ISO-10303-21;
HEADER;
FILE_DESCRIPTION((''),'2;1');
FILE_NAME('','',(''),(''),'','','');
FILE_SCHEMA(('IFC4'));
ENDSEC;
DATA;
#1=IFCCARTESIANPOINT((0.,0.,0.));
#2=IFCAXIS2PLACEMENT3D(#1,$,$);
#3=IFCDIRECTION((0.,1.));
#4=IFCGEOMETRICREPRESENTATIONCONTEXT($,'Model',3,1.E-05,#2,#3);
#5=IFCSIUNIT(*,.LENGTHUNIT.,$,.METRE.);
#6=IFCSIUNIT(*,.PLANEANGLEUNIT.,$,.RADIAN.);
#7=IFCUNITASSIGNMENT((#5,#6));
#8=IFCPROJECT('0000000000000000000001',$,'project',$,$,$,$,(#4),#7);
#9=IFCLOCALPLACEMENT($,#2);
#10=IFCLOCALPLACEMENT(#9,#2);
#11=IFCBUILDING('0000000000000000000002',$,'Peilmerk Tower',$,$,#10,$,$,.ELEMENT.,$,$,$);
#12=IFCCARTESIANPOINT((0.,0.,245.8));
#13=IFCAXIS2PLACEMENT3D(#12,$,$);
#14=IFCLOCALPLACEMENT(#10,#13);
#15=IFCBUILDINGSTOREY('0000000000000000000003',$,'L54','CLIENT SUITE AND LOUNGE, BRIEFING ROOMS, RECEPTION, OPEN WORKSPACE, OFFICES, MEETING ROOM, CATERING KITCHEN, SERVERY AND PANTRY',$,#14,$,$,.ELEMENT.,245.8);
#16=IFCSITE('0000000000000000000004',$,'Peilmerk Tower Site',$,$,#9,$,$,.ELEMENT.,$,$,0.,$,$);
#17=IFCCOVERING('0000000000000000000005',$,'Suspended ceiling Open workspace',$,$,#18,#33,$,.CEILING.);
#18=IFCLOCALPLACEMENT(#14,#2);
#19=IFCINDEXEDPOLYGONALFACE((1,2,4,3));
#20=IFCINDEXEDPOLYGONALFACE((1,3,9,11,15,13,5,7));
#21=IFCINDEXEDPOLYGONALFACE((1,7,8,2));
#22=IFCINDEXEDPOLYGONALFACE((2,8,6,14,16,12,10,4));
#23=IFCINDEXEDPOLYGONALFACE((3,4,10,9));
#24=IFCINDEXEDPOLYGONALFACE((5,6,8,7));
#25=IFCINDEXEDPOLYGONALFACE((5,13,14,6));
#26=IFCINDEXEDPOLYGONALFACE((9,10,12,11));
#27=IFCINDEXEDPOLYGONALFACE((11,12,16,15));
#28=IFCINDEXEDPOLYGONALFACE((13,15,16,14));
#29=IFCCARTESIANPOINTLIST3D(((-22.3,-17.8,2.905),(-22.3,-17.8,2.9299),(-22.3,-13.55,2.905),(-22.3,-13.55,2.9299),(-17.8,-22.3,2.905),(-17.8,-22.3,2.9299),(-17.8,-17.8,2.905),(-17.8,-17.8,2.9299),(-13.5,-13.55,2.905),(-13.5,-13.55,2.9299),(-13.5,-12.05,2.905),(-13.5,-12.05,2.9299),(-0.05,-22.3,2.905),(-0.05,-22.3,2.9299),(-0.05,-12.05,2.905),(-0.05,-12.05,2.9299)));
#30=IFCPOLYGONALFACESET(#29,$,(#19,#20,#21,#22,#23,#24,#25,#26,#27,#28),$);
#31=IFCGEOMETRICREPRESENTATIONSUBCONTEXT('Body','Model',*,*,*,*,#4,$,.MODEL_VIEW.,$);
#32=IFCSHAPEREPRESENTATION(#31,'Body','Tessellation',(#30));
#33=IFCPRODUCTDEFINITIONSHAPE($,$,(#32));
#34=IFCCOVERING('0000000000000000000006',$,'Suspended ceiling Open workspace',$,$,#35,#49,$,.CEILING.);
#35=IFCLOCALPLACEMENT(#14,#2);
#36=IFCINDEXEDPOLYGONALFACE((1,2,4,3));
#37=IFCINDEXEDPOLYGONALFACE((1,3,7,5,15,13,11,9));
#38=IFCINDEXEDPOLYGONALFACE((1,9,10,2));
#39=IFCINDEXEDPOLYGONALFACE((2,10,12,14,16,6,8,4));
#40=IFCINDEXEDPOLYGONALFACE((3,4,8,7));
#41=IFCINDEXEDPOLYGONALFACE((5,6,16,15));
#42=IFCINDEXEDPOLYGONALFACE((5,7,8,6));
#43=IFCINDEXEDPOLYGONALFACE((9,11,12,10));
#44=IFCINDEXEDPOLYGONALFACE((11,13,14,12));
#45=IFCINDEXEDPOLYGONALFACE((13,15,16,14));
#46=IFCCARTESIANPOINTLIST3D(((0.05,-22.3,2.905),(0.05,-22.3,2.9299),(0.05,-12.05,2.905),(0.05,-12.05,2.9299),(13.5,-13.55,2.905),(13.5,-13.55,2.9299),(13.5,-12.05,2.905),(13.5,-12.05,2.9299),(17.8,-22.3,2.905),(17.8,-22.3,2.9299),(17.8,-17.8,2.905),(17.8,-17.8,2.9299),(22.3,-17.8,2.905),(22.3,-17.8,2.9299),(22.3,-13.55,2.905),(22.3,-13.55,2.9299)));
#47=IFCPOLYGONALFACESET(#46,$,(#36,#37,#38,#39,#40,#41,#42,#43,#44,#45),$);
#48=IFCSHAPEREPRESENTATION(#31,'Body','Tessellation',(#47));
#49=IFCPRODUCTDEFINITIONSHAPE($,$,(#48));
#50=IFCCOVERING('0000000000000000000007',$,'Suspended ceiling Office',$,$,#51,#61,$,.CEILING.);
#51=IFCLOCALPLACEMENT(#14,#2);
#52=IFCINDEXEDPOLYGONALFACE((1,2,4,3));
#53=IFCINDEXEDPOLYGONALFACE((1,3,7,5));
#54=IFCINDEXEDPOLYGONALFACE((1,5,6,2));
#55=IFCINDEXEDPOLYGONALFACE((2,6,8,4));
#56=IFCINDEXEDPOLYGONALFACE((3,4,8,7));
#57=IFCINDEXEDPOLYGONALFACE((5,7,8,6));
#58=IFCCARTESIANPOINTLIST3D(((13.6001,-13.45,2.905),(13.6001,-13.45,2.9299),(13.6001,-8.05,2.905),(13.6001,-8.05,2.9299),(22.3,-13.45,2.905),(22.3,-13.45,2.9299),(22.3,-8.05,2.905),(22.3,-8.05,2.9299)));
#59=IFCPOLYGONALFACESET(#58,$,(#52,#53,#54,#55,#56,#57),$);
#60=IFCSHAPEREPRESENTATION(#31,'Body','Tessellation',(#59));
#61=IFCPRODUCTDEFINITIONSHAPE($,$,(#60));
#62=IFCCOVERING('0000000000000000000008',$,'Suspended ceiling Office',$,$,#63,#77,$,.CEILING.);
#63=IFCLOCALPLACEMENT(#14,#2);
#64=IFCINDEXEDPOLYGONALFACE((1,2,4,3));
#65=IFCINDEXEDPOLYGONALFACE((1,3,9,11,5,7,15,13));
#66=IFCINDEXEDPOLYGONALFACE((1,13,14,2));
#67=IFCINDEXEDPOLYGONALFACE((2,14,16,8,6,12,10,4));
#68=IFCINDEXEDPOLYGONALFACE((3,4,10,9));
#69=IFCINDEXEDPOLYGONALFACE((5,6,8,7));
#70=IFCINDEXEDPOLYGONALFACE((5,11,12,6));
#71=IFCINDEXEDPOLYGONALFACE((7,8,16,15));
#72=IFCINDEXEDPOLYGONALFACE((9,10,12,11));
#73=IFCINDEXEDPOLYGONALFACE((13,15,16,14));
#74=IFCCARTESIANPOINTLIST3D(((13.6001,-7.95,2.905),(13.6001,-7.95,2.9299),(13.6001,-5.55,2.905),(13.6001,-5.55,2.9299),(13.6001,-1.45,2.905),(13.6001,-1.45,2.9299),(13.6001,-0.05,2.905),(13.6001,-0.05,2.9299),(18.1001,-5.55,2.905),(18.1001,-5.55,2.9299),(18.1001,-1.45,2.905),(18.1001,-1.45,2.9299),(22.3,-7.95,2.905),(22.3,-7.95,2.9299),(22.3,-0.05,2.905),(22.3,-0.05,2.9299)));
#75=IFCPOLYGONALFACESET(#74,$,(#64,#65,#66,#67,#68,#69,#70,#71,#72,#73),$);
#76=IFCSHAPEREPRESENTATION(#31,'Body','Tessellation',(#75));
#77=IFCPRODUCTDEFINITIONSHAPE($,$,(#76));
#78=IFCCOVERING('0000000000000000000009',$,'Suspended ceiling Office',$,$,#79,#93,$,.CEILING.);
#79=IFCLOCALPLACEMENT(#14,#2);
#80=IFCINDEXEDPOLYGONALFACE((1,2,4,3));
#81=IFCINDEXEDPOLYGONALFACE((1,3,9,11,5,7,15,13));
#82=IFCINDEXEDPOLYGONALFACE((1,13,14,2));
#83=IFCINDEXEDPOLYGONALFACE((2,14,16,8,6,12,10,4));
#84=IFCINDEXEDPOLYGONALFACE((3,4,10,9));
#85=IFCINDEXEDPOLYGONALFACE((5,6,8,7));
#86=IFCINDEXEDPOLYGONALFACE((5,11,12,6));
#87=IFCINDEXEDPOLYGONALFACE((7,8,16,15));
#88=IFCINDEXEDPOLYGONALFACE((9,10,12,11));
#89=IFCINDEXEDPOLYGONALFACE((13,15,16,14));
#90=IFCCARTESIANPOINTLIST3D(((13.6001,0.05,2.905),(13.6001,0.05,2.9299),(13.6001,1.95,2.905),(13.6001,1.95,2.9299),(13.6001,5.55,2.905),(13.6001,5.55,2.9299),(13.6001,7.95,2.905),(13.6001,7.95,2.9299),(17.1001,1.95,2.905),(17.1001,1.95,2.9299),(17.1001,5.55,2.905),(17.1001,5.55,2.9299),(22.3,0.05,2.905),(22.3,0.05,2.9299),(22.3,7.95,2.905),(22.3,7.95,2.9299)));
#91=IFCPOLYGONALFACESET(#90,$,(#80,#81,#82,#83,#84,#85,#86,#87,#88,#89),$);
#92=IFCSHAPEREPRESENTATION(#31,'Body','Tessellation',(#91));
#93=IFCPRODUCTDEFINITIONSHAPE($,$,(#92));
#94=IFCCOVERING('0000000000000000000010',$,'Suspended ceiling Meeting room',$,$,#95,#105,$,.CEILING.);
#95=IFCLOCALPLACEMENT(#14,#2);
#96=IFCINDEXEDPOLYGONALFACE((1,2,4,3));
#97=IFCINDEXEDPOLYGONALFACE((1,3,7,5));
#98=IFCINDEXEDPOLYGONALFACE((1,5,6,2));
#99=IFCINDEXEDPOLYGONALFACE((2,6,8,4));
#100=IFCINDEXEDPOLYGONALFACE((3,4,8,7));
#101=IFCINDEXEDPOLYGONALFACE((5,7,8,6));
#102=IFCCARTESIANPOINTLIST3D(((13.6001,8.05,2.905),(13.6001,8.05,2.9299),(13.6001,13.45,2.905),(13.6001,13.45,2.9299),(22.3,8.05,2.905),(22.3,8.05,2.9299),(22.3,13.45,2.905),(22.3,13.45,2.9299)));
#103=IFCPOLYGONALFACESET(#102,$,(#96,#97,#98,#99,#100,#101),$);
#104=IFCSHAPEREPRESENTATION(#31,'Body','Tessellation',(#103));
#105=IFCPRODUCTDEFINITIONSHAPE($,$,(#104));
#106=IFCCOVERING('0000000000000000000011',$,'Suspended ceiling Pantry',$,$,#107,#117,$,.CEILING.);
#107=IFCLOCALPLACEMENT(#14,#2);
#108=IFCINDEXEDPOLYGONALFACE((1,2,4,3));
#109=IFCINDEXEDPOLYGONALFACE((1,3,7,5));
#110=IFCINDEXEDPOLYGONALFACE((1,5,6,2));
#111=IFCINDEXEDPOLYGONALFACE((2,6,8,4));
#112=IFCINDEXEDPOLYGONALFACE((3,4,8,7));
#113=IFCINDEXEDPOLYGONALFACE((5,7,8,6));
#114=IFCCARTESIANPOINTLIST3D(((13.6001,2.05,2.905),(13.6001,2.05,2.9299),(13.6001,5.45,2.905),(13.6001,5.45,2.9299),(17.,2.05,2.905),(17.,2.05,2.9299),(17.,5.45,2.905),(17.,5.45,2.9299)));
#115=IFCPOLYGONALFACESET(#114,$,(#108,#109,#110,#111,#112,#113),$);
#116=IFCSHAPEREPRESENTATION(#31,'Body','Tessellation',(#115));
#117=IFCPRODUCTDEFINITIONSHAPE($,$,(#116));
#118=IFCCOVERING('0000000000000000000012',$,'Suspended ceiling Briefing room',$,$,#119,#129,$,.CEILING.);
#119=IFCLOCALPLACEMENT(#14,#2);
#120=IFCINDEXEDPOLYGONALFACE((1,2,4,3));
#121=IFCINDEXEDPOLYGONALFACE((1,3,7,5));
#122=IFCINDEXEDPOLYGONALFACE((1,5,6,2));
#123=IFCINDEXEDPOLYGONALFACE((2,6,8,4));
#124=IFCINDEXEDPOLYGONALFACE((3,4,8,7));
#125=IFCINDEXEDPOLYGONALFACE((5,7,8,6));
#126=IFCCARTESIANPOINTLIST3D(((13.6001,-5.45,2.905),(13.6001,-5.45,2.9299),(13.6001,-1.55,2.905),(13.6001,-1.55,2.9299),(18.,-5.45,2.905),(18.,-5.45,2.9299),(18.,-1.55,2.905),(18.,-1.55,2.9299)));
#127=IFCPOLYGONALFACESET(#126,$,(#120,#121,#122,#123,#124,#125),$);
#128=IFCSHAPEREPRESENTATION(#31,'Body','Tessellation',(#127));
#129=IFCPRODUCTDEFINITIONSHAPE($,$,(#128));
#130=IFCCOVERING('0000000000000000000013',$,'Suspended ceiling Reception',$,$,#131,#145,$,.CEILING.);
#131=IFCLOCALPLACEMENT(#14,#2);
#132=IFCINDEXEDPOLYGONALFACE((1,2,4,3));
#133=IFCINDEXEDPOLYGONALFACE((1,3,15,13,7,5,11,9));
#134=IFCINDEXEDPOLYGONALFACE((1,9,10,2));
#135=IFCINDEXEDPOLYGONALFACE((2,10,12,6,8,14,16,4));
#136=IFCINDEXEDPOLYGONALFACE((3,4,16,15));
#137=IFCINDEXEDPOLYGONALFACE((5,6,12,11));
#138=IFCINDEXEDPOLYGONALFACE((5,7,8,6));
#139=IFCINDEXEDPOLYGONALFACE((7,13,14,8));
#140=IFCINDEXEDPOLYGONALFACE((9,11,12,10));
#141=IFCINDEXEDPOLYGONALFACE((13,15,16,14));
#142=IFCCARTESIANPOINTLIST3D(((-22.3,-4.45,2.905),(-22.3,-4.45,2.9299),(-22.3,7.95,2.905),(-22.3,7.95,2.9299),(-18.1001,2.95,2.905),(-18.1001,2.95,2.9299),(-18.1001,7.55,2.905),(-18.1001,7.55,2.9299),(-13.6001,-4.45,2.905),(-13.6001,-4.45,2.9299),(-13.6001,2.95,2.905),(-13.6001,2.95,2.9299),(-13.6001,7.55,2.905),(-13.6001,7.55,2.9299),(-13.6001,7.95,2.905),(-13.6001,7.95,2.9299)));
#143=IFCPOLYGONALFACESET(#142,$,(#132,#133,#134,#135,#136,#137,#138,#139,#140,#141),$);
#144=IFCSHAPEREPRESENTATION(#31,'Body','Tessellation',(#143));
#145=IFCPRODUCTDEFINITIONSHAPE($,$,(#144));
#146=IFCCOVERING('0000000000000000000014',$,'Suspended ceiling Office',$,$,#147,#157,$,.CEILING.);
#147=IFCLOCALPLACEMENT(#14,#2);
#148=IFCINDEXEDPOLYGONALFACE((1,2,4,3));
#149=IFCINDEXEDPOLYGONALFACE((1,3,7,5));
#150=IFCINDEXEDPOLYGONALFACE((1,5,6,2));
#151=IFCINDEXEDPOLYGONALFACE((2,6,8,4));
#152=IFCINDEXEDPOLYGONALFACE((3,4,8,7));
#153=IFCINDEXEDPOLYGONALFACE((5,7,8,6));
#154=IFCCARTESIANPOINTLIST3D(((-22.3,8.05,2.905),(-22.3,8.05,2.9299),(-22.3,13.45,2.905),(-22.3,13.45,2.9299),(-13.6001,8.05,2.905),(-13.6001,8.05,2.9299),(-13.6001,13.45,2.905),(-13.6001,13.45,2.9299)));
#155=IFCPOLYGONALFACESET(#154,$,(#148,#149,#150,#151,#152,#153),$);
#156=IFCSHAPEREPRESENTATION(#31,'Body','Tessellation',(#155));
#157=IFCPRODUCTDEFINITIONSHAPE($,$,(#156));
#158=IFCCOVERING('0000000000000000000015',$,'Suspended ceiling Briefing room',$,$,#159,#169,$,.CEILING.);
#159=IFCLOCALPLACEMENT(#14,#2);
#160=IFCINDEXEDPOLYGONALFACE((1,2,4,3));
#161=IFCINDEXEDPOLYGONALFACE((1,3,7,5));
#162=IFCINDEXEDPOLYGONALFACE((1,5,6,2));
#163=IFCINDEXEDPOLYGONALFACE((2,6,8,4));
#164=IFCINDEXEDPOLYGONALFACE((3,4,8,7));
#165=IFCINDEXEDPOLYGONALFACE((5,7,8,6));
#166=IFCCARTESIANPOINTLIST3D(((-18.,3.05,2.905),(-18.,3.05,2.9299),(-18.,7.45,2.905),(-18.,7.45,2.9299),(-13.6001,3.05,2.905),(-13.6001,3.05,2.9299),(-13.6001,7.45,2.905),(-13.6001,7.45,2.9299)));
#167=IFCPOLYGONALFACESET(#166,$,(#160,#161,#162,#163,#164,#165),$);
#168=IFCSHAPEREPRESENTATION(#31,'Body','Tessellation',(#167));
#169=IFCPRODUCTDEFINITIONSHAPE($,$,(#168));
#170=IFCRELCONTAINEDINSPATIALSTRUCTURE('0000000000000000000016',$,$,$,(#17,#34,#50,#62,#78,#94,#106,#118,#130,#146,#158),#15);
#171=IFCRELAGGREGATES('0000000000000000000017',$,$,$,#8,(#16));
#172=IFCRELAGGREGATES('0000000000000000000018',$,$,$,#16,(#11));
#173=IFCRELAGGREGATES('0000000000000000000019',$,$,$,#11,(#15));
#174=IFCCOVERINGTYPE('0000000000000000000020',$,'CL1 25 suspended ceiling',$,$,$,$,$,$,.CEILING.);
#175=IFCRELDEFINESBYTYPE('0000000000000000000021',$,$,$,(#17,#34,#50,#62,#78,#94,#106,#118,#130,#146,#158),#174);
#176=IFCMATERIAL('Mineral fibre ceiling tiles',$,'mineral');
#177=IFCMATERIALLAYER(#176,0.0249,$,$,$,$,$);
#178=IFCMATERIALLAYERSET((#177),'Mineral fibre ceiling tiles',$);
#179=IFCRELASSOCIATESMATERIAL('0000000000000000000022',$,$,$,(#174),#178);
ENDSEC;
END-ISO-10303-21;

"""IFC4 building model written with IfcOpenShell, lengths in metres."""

from ifc_helpers import new_model, si_unit, direction, frame, origin, place, context, subcontext, project, spatial, polyline, outline, extrude, material, layer, layer_set, type_object, element, save


model = new_model("IFC4")

# Units and contexts
model_context = context("Model", 3, precision=1e-05, world=origin(), true_north=direction((0.0, 1.0)))
body_context = subcontext(model_context, "Body", "Model", "MODEL_VIEW")
ifc_project = project(units=[si_unit("LENGTHUNIT", "METRE"), si_unit("PLANEANGLEUNIT", "RADIAN")], contexts=[model_context])

# Site, building, storey
site_placement = place(None, origin())
site = spatial("IfcSite", under=ifc_project, at=site_placement, Name="Peilmerk Tower Site", CompositionType="ELEMENT", RefElevation=0.0)
building_placement = place(site_placement, origin())
building = spatial("IfcBuilding", under=site, at=building_placement, Name="Peilmerk Tower", CompositionType="ELEMENT")
storey_placement = place(building_placement, frame((0.0, 0.0, 245.8)))
storey = spatial("IfcBuildingStorey", under=building, at=storey_placement, Name="L54", Description="CLIENT SUITE AND LOUNGE, BRIEFING ROOMS, RECEPTION, OPEN WORKSPACE, OFFICES, MEETING ROOM, CATERING KITCHEN, SERVERY AND PANTRY", CompositionType="ELEMENT", Elevation=245.8)

# Coverings
ifc_material_1 = material(Name="Mineral fibre ceiling tiles", Category="mineral")
ifc_layer_1 = layer(ifc_material_1, 0.0249)
ifc_layer_set_1 = layer_set([ifc_layer_1], Name="Mineral fibre ceiling tiles")
covering_type = type_object("IfcCoveringType", Name="CL1 25 suspended ceiling", PredefinedType="CEILING", material=ifc_layer_set_1)
covering_1_placement = place(storey_placement, frame((0.0, 0.0, 2.905)))
element("IfcCovering", 1, at=covering_1_placement, inside=storey, type_object=covering_type, Name="Suspended ceiling Open workspace", PredefinedType="CEILING", context=body_context, shape_type="SweptSolid", body=[
    extrude(outline(polyline([(-17.8, -22.3), (-0.05, -22.3), (-0.05, -12.05), (-13.5, -12.05), (-13.5, -13.55), (-22.3, -13.55), (-22.3, -17.8), (-17.8, -17.8), (-17.8, -22.3)])), origin(), (0.0, 0.0, 1.0), 0.0249),
])
covering_2_placement = place(storey_placement, frame((0.0, 0.0, 2.905)))
element("IfcCovering", 2, at=covering_2_placement, inside=storey, type_object=covering_type, Name="Suspended ceiling Open workspace", PredefinedType="CEILING", context=body_context, shape_type="SweptSolid", body=[
    extrude(outline(polyline([(0.05, -22.3), (17.8, -22.3), (17.8, -17.8), (22.3, -17.8), (22.3, -13.55), (13.5, -13.55), (13.5, -12.05), (0.05, -12.05), (0.05, -22.3)])), origin(), (0.0, 0.0, 1.0), 0.0249),
])
covering_3_placement = place(storey_placement, frame((0.0, 0.0, 2.905)))
element("IfcCovering", 3, at=covering_3_placement, inside=storey, type_object=covering_type, Name="Suspended ceiling Office", PredefinedType="CEILING", context=body_context, shape_type="SweptSolid", body=[
    extrude(outline(polyline([(22.3, -13.45), (22.3, -8.05), (13.6001, -8.05), (13.6001, -13.45), (22.3, -13.45)])), origin(), (0.0, 0.0, 1.0), 0.0249),
])
covering_4_placement = place(storey_placement, frame((0.0, 0.0, 2.905)))
element("IfcCovering", 4, at=covering_4_placement, inside=storey, type_object=covering_type, Name="Suspended ceiling Office", PredefinedType="CEILING", context=body_context, shape_type="SweptSolid", body=[
    extrude(outline(polyline([(13.6001, -7.95), (22.3, -7.95), (22.3, -0.05), (13.6001, -0.05), (13.6001, -1.45), (18.1001, -1.45), (18.1001, -5.55), (13.6001, -5.55), (13.6001, -7.95)])), origin(), (0.0, 0.0, 1.0), 0.0249),
])
covering_5_placement = place(storey_placement, frame((0.0, 0.0, 2.905)))
element("IfcCovering", 5, at=covering_5_placement, inside=storey, type_object=covering_type, Name="Suspended ceiling Office", PredefinedType="CEILING", context=body_context, shape_type="SweptSolid", body=[
    extrude(outline(polyline([(13.6001, 0.05), (22.3, 0.05), (22.3, 7.95), (13.6001, 7.95), (13.6001, 5.55), (17.1001, 5.55), (17.1001, 1.95), (13.6001, 1.95), (13.6001, 0.05)])), origin(), (0.0, 0.0, 1.0), 0.0249),
])
covering_6_placement = place(storey_placement, frame((0.0, 0.0, 2.905)))
element("IfcCovering", 6, at=covering_6_placement, inside=storey, type_object=covering_type, Name="Suspended ceiling Meeting room", PredefinedType="CEILING", context=body_context, shape_type="SweptSolid", body=[
    extrude(outline(polyline([(22.3, 8.05), (22.3, 13.45), (13.6001, 13.45), (13.6001, 8.05), (22.3, 8.05)])), origin(), (0.0, 0.0, 1.0), 0.0249),
])
covering_7_placement = place(storey_placement, frame((0.0, 0.0, 2.905)))
element("IfcCovering", 7, at=covering_7_placement, inside=storey, type_object=covering_type, Name="Suspended ceiling Pantry", PredefinedType="CEILING", context=body_context, shape_type="SweptSolid", body=[
    extrude(outline(polyline([(17.0, 2.05), (17.0, 5.45), (13.6001, 5.45), (13.6001, 2.05), (17.0, 2.05)])), origin(), (0.0, 0.0, 1.0), 0.0249),
])
covering_8_placement = place(storey_placement, frame((0.0, 0.0, 2.905)))
element("IfcCovering", 8, at=covering_8_placement, inside=storey, type_object=covering_type, Name="Suspended ceiling Briefing room", PredefinedType="CEILING", context=body_context, shape_type="SweptSolid", body=[
    extrude(outline(polyline([(18.0, -5.45), (18.0, -1.55), (13.6001, -1.55), (13.6001, -5.45), (18.0, -5.45)])), origin(), (0.0, 0.0, 1.0), 0.0249),
])
covering_9_placement = place(storey_placement, frame((0.0, 0.0, 2.905)))
element("IfcCovering", 9, at=covering_9_placement, inside=storey, type_object=covering_type, Name="Suspended ceiling Reception", PredefinedType="CEILING", context=body_context, shape_type="SweptSolid", body=[
    extrude(outline(polyline([(-13.6001, 7.95), (-22.3, 7.95), (-22.3, -4.45), (-13.6001, -4.45), (-13.6001, 2.95), (-18.1001, 2.95), (-18.1001, 7.55), (-13.6001, 7.55), (-13.6001, 7.95)])), origin(), (0.0, 0.0, 1.0), 0.0249),
])
covering_10_placement = place(storey_placement, frame((0.0, 0.0, 2.905)))
element("IfcCovering", 10, at=covering_10_placement, inside=storey, type_object=covering_type, Name="Suspended ceiling Office", PredefinedType="CEILING", context=body_context, shape_type="SweptSolid", body=[
    extrude(outline(polyline([(-22.3, 13.45), (-22.3, 8.05), (-13.6001, 8.05), (-13.6001, 13.45), (-22.3, 13.45)])), origin(), (0.0, 0.0, 1.0), 0.0249),
])
covering_11_placement = place(storey_placement, frame((0.0, 0.0, 2.905)))
element("IfcCovering", 11, at=covering_11_placement, inside=storey, type_object=covering_type, Name="Suspended ceiling Briefing room", PredefinedType="CEILING", context=body_context, shape_type="SweptSolid", body=[
    extrude(outline(polyline([(-13.6001, 3.05), (-13.6001, 7.45), (-18.0, 7.45), (-18.0, 3.05), (-13.6001, 3.05)])), origin(), (0.0, 0.0, 1.0), 0.0249),
])

save(model, "model.ifc")
